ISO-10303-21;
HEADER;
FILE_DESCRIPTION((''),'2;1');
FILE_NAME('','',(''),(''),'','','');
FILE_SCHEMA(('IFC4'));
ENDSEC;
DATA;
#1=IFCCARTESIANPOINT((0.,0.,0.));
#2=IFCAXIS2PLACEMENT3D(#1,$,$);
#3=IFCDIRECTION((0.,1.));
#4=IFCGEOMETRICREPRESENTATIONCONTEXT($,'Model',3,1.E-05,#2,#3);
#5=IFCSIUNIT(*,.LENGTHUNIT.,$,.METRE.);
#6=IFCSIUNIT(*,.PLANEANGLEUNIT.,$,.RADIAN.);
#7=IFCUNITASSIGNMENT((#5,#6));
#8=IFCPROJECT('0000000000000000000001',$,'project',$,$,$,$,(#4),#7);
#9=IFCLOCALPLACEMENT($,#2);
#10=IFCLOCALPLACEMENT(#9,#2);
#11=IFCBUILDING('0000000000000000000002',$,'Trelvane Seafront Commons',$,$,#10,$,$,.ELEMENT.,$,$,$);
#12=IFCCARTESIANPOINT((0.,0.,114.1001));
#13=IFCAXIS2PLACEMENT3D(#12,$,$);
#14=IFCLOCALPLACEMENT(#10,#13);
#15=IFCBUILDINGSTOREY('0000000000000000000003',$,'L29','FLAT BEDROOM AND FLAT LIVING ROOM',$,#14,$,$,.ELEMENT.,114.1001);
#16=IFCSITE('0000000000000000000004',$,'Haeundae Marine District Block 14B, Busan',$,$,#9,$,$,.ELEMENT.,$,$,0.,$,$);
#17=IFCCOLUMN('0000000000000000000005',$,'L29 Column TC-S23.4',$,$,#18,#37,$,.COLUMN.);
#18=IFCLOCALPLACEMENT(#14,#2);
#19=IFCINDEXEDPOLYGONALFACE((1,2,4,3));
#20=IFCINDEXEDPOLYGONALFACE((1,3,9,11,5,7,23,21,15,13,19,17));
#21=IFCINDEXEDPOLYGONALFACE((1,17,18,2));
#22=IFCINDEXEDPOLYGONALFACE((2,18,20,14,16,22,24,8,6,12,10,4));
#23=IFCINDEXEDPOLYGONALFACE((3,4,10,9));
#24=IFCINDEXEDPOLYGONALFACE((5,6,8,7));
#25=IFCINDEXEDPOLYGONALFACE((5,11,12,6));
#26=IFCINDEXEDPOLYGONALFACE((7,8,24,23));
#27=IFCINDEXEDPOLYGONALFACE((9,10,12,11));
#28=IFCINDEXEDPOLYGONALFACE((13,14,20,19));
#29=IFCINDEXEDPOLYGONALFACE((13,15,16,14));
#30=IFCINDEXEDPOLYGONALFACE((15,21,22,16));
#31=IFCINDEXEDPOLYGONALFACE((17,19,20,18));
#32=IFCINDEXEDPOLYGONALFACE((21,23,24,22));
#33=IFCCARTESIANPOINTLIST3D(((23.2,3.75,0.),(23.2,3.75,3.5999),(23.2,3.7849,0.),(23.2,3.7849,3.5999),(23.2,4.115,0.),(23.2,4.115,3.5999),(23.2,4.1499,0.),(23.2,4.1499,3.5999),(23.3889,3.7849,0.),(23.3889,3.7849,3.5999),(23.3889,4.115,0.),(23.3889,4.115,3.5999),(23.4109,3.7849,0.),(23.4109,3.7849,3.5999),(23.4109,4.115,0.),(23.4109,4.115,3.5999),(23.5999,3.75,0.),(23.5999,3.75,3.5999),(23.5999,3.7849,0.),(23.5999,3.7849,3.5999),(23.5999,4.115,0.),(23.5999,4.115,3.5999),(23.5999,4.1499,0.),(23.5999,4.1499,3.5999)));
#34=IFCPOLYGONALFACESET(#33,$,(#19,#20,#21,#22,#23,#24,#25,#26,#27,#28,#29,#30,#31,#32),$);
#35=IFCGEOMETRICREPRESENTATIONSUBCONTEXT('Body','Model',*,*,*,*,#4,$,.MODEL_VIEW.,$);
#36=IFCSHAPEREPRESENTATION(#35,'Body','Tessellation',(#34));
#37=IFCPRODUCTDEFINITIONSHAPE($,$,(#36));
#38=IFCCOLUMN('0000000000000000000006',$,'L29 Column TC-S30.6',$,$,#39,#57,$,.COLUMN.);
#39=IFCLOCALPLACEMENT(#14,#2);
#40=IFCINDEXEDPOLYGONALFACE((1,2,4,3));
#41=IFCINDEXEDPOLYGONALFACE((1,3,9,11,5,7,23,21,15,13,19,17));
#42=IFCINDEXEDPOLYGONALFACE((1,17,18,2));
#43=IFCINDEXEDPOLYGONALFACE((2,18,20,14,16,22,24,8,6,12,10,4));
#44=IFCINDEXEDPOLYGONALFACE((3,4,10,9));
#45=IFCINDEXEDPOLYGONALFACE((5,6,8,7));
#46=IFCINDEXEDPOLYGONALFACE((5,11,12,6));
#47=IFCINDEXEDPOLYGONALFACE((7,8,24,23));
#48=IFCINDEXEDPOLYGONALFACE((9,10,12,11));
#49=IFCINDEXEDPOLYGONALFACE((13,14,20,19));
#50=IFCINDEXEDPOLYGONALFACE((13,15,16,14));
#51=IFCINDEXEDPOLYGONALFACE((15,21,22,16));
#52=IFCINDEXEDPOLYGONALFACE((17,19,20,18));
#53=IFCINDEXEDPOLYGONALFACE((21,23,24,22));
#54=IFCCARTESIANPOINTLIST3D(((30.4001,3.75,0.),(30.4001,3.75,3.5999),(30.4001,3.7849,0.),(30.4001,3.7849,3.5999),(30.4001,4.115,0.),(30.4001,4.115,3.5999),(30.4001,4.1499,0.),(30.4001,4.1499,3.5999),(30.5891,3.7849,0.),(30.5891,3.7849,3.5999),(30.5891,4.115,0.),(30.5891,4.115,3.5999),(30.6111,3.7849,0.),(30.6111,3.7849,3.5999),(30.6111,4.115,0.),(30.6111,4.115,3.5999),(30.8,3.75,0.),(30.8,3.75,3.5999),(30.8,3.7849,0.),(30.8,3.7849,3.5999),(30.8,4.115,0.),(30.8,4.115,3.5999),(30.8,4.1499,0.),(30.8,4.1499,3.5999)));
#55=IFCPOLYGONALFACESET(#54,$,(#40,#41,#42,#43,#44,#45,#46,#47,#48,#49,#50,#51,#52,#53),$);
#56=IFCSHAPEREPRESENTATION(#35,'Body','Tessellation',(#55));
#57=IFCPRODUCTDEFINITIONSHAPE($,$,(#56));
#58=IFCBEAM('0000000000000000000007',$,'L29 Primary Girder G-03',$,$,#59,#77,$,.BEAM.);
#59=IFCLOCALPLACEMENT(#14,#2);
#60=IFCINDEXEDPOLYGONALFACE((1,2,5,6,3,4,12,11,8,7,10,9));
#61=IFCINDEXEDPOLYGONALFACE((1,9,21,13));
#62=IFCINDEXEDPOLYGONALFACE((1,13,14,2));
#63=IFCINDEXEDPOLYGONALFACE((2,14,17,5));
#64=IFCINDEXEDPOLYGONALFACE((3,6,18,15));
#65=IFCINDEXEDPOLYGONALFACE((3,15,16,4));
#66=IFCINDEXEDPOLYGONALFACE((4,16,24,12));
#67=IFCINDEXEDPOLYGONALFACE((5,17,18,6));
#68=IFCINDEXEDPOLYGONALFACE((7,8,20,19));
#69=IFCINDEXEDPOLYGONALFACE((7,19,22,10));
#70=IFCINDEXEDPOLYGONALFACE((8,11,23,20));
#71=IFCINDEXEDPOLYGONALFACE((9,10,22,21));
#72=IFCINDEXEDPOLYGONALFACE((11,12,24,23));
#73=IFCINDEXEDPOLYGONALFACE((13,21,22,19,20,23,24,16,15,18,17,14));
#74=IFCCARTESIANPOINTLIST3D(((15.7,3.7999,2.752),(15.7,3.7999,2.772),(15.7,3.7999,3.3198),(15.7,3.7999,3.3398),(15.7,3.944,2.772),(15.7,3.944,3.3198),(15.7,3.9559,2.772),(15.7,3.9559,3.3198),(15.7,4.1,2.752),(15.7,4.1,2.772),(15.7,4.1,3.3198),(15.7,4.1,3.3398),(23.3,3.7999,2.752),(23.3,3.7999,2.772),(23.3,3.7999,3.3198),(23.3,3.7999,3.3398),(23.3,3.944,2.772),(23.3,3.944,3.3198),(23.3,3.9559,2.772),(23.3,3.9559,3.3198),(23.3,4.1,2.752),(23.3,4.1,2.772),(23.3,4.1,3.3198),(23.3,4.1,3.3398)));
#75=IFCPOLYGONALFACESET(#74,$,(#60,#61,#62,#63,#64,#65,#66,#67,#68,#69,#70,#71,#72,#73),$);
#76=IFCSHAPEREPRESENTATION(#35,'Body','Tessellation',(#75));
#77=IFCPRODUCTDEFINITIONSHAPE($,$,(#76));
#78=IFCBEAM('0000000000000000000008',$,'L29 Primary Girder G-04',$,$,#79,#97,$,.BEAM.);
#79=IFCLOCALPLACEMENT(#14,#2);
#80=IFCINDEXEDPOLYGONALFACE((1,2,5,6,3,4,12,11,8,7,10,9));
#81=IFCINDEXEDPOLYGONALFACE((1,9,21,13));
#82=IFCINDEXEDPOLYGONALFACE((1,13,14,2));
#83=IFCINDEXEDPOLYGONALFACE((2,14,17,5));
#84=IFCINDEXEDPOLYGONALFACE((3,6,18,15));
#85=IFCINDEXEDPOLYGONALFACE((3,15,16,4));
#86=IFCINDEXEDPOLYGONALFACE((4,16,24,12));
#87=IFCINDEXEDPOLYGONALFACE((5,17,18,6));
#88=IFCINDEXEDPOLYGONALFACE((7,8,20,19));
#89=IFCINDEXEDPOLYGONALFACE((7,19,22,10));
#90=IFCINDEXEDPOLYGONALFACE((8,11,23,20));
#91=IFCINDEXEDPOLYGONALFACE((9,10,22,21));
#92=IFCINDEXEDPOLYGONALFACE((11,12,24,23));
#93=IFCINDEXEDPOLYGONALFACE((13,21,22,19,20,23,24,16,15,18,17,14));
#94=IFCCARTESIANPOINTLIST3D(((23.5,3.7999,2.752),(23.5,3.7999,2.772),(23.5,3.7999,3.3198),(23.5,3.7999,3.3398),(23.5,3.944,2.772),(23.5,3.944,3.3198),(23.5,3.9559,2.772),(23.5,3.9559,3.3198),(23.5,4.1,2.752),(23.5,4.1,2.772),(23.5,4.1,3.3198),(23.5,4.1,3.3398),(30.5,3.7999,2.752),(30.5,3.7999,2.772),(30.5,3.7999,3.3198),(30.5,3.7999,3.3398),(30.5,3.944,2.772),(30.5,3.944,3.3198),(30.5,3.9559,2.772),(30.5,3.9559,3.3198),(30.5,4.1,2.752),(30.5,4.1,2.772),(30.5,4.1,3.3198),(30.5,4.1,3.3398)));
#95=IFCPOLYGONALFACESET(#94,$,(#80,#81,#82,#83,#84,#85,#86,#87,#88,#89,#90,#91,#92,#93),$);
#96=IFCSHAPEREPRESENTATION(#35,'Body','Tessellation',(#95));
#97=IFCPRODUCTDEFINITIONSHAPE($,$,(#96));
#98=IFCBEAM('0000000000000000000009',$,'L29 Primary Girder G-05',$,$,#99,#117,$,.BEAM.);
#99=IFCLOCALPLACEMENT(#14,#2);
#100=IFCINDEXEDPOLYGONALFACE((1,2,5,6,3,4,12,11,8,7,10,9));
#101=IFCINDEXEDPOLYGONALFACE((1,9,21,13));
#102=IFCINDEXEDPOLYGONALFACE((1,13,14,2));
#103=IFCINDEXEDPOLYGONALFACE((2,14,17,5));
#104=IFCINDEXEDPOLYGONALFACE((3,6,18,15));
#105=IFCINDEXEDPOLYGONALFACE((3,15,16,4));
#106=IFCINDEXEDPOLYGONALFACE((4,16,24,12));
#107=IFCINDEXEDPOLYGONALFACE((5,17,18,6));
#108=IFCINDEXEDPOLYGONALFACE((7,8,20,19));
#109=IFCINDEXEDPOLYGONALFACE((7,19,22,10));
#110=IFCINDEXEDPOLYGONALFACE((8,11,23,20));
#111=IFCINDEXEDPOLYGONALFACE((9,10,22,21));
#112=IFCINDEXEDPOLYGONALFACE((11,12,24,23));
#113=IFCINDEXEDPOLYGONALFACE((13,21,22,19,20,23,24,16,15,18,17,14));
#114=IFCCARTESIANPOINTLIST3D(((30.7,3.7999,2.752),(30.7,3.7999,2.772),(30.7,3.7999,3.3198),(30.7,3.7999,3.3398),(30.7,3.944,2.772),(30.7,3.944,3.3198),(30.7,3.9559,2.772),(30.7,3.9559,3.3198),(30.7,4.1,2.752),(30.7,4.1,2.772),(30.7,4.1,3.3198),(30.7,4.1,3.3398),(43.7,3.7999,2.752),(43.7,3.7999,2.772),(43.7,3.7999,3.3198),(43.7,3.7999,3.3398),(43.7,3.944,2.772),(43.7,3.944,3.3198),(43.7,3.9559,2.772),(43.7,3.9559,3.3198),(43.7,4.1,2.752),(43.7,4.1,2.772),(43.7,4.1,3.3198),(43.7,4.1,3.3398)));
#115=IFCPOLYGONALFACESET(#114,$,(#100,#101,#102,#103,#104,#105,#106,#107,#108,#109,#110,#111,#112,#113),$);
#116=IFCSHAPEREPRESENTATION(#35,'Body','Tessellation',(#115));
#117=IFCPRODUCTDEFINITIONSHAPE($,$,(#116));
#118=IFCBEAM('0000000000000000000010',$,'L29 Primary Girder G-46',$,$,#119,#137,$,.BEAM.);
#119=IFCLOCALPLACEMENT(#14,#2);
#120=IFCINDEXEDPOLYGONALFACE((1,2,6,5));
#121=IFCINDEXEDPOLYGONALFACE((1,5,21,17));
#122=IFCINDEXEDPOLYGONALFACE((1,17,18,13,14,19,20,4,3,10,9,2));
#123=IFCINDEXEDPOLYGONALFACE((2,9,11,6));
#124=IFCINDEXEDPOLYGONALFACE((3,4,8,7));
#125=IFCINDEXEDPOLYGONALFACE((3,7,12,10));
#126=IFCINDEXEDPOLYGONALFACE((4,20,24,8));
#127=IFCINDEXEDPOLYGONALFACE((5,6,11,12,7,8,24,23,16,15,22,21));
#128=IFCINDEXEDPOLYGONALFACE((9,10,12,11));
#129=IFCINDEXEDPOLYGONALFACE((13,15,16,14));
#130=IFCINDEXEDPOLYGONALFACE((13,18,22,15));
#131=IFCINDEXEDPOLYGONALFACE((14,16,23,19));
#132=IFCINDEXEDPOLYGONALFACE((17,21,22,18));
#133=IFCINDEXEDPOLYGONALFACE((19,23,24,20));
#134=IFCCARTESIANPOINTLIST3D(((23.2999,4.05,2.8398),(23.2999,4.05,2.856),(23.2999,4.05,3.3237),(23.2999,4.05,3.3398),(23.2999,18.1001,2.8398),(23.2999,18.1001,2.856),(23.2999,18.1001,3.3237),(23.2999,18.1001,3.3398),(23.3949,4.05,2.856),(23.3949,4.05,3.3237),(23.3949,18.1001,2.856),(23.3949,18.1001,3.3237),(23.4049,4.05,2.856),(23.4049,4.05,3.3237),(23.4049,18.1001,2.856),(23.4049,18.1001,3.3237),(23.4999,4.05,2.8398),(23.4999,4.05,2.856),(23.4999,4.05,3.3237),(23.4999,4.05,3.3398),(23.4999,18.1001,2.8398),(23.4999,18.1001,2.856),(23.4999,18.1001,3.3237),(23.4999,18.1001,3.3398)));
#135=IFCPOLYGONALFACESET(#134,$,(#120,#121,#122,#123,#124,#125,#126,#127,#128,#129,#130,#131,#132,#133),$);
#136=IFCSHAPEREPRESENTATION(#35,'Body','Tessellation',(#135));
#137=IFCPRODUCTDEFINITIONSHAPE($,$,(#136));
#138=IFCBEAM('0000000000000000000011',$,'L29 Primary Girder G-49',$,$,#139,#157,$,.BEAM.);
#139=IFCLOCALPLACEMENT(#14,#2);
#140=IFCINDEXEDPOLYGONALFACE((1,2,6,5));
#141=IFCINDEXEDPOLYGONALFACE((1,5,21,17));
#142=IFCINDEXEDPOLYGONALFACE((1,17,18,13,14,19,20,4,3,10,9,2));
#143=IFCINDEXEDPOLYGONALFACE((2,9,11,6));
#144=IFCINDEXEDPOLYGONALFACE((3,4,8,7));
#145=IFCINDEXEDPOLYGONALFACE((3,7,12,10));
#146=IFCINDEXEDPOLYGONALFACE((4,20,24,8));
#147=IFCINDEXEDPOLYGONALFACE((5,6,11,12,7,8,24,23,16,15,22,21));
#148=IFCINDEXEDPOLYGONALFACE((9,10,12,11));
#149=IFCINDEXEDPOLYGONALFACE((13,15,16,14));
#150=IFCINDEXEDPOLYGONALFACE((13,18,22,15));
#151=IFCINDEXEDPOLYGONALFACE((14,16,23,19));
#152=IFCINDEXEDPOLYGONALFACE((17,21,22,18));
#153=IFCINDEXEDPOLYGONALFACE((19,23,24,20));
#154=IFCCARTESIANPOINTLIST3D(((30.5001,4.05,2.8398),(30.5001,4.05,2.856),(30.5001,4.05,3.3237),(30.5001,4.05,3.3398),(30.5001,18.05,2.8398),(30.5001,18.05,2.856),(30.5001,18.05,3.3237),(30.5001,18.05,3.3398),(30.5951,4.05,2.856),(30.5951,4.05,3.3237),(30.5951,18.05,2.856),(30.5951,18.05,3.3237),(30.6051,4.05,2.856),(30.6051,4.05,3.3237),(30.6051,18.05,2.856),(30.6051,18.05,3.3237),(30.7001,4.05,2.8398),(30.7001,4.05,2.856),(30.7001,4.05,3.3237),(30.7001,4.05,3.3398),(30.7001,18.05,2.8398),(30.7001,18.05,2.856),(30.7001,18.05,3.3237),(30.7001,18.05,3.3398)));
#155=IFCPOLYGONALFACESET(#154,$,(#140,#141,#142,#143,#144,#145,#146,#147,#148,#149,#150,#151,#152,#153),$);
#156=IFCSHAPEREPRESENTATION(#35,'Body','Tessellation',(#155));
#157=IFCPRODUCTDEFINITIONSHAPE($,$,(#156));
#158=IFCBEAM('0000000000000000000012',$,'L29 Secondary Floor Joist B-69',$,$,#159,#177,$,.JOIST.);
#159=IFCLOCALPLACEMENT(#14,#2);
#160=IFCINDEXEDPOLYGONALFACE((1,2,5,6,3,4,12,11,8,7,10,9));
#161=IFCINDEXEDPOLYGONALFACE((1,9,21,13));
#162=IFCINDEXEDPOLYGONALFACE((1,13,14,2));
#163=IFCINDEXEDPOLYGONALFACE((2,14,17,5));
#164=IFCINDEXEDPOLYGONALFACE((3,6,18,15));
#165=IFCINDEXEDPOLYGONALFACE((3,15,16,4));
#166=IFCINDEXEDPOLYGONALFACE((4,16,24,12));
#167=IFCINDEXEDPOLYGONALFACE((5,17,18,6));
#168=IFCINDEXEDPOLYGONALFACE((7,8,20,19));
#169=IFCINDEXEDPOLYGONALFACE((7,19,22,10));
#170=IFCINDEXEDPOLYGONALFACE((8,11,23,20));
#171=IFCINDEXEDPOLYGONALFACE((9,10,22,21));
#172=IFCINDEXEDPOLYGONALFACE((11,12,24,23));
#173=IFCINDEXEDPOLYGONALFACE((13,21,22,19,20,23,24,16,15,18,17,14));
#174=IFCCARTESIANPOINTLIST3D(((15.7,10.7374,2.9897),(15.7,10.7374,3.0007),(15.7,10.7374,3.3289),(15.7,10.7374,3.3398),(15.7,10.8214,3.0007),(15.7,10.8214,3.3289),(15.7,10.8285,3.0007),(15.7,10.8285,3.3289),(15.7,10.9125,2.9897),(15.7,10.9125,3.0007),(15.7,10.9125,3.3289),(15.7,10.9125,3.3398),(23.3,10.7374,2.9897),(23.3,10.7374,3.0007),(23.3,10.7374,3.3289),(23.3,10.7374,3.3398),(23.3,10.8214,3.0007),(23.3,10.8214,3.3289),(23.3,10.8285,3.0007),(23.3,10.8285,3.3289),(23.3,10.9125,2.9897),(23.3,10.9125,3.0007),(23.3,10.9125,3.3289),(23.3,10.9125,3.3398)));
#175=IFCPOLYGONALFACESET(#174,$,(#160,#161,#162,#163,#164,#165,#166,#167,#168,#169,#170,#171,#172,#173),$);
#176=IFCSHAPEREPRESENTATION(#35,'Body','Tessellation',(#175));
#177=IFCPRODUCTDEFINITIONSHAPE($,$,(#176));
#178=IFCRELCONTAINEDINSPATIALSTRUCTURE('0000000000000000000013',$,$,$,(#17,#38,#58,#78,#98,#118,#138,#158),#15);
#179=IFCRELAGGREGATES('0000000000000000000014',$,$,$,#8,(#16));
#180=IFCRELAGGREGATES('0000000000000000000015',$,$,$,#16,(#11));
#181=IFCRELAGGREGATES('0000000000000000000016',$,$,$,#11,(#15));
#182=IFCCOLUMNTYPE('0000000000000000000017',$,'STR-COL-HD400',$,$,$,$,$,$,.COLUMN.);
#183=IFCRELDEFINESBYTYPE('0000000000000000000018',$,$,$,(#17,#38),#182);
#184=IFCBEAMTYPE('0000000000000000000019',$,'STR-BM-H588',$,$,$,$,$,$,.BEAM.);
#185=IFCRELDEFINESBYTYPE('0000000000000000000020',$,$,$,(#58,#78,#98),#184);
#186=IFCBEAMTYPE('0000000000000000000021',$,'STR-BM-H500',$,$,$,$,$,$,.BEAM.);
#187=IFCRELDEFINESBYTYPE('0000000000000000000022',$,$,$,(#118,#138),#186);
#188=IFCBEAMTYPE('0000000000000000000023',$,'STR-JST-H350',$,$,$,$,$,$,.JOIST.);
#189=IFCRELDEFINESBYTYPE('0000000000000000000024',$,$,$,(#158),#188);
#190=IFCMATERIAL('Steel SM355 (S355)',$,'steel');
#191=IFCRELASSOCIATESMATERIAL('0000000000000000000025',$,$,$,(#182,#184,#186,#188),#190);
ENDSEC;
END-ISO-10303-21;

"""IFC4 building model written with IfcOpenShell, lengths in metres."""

from ifc_helpers import new_model, si_unit, direction, frame, origin, origin_2d, place, context, subcontext, project, spatial, i_section, extrude, source, transform, mapped, material, material_profile, profile_set, type_object, element, save


model = new_model("IFC4")

# Units and contexts
model_context = context("Model", 3, precision=1e-05, world=origin(), true_north=direction((0.0, 1.0)))
body_context = subcontext(model_context, "Body", "Model", "MODEL_VIEW")
ifc_project = project(units=[si_unit("LENGTHUNIT", "METRE"), si_unit("PLANEANGLEUNIT", "RADIAN")], contexts=[model_context])

# Site, building, storey
site_placement = place(None, origin())
site = spatial("IfcSite", under=ifc_project, at=site_placement, Name="Haeundae Marine District Block 14B, Busan", CompositionType="ELEMENT", RefElevation=0.0)
building_placement = place(site_placement, origin())
building = spatial("IfcBuilding", under=site, at=building_placement, Name="Trelvane Seafront Commons", CompositionType="ELEMENT")
storey_placement = place(building_placement, frame((0.0, 0.0, 114.1001)))
storey = spatial("IfcBuildingStorey", under=building, at=storey_placement, Name="L29", Description="FLAT BEDROOM AND FLAT LIVING ROOM", CompositionType="ELEMENT", Elevation=114.1001)

# Columns
ifc_material_1 = material(Name="Steel SM355 (S355)", Category="steel")
ifc_material_profile_1 = material_profile(ifc_material_1, i_section(OverallWidth=0.3999, OverallDepth=0.3999, WebThickness=0.022, FlangeThickness=0.0349, at=origin_2d()), Name="HD-400x400x22x35")
ifc_profile_set_1 = profile_set([ifc_material_profile_1], Name="Steel SM355 (S355)")
column_type = type_object("IfcColumnType", Name="STR-COL-HD400", PredefinedType="COLUMN", material=ifc_profile_set_1)
shared_shape_1 = source(origin(), body_context, "Body", "SweptSolid", [
    extrude(i_section(OverallWidth=0.3999, OverallDepth=0.3999, WebThickness=0.022, FlangeThickness=0.0349, at=origin_2d()), origin(), (0.0, 0.0, 1.0), 3.5999),
])
for number, where, z_axis, x_axis, name in (
    (1, (23.3999, 3.95, 0.0), (0.0, 0.0, 1.0), (1.0, 0.0, 0.0), "L29 Column TC-S23.4"),
    (2, (30.6001, 3.95, 0.0), (0.0, 0.0, 1.0), (1.0, 0.0, 0.0), "L29 Column TC-S30.6"),
):
    element("IfcColumn", number, at=place(storey_placement, frame(where, z_axis=z_axis, x_axis=x_axis)), inside=storey, type_object=column_type, Name=name, PredefinedType="COLUMN", context=body_context, shape_type="MappedRepresentation", body=[
        mapped(shared_shape_1, transform((0.0, 0.0, 0.0), x_axis=(1.0, 0.0, 0.0), y_axis=(0.0, 1.0, 0.0), z_axis=(0.0, 0.0, 1.0), scale=1.0)),
    ])

# Beams
ifc_material_profile_2 = material_profile(ifc_material_1, i_section(OverallWidth=0.3, OverallDepth=0.5879, WebThickness=0.012, FlangeThickness=0.02, at=origin_2d()), Name="H-588x300x12x20")
ifc_profile_set_2 = profile_set([ifc_material_profile_2], Name="Steel SM355 (S355)")
beam_type_1 = type_object("IfcBeamType", Name="STR-BM-H588", PredefinedType="BEAM", material=ifc_profile_set_2)
shared_shape_2 = source(origin(), body_context, "Body", "SweptSolid", [
    extrude(i_section(OverallWidth=0.3, OverallDepth=0.5879, WebThickness=0.012, FlangeThickness=0.02, at=origin_2d()), origin(), (0.0, 0.0, 1.0), 7.6001),
])
beam_1_placement = place(storey_placement, frame((15.7, 3.95, 3.0459), z_axis=(1.0, 0.0, 0.0), x_axis=(0.0, 1.0, 0.0)))
element("IfcBeam", 3, at=beam_1_placement, inside=storey, type_object=beam_type_1, Name="L29 Primary Girder G-03", PredefinedType="BEAM", context=body_context, shape_type="MappedRepresentation", body=[
    mapped(shared_shape_2, transform((0.0, 0.0, 0.0), x_axis=(1.0, 0.0, 0.0), y_axis=(0.0, 1.0, 0.0), z_axis=(0.0, 0.0, 1.0), scale=1.0)),
])
shared_shape_3 = source(origin(), body_context, "Body", "SweptSolid", [
    extrude(i_section(OverallWidth=0.3, OverallDepth=0.5879, WebThickness=0.012, FlangeThickness=0.02, at=origin_2d()), origin(), (0.0, 0.0, 1.0), 7.0),
])
beam_2_placement = place(storey_placement, frame((23.5, 3.95, 3.0459), z_axis=(1.0, 0.0, 0.0), x_axis=(0.0, 1.0, 0.0)))
element("IfcBeam", 4, at=beam_2_placement, inside=storey, type_object=beam_type_1, Name="L29 Primary Girder G-04", PredefinedType="BEAM", context=body_context, shape_type="MappedRepresentation", body=[
    mapped(shared_shape_3, transform((0.0, 0.0, 0.0), x_axis=(1.0, 0.0, 0.0), y_axis=(0.0, 1.0, 0.0), z_axis=(0.0, 0.0, 1.0), scale=1.0)),
])
shared_shape_4 = source(origin(), body_context, "Body", "SweptSolid", [
    extrude(i_section(OverallWidth=0.3, OverallDepth=0.5879, WebThickness=0.012, FlangeThickness=0.02, at=origin_2d()), origin(), (0.0, 0.0, 1.0), 13.0),
])
beam_3_placement = place(storey_placement, frame((30.7, 3.95, 3.0459), z_axis=(1.0, 0.0, 0.0), x_axis=(0.0, 1.0, 0.0)))
element("IfcBeam", 5, at=beam_3_placement, inside=storey, type_object=beam_type_1, Name="L29 Primary Girder G-05", PredefinedType="BEAM", context=body_context, shape_type="MappedRepresentation", body=[
    mapped(shared_shape_4, transform((0.0, 0.0, 0.0), x_axis=(1.0, 0.0, 0.0), y_axis=(0.0, 1.0, 0.0), z_axis=(0.0, 0.0, 1.0), scale=1.0)),
])
ifc_material_profile_3 = material_profile(ifc_material_1, i_section(OverallWidth=0.2, OverallDepth=0.5, WebThickness=0.01, FlangeThickness=0.0161, at=origin_2d()), Name="H-500x200x10x16")
ifc_profile_set_3 = profile_set([ifc_material_profile_3], Name="Steel SM355 (S355)")
beam_type_2 = type_object("IfcBeamType", Name="STR-BM-H500", PredefinedType="BEAM", material=ifc_profile_set_3)
shared_shape_5 = source(origin(), body_context, "Body", "SweptSolid", [
    extrude(i_section(OverallWidth=0.2, OverallDepth=0.5, WebThickness=0.01, FlangeThickness=0.0161, at=origin_2d()), origin(), (0.0, 0.0, 1.0), 14.05),
])
beam_4_placement = place(storey_placement, frame((23.3999, 4.05, 3.0898), z_axis=(0.0, 1.0, 0.0), x_axis=(-1.0, 0.0, 0.0)))
element("IfcBeam", 6, at=beam_4_placement, inside=storey, type_object=beam_type_2, Name="L29 Primary Girder G-46", PredefinedType="BEAM", context=body_context, shape_type="MappedRepresentation", body=[
    mapped(shared_shape_5, transform((0.0, 0.0, 0.0), x_axis=(1.0, 0.0, 0.0), y_axis=(0.0, 1.0, 0.0), z_axis=(0.0, 0.0, 1.0), scale=1.0)),
])
shared_shape_6 = source(origin(), body_context, "Body", "SweptSolid", [
    extrude(i_section(OverallWidth=0.2, OverallDepth=0.5, WebThickness=0.01, FlangeThickness=0.0161, at=origin_2d()), origin(), (0.0, 0.0, 1.0), 14.0),
])
beam_5_placement = place(storey_placement, frame((30.6001, 4.05, 3.0898), z_axis=(0.0, 1.0, 0.0), x_axis=(-1.0, 0.0, 0.0)))
element("IfcBeam", 7, at=beam_5_placement, inside=storey, type_object=beam_type_2, Name="L29 Primary Girder G-49", PredefinedType="BEAM", context=body_context, shape_type="MappedRepresentation", body=[
    mapped(shared_shape_6, transform((0.0, 0.0, 0.0), x_axis=(1.0, 0.0, 0.0), y_axis=(0.0, 1.0, 0.0), z_axis=(0.0, 0.0, 1.0), scale=1.0)),
])
ifc_material_profile_4 = material_profile(ifc_material_1, i_section(OverallWidth=0.175, OverallDepth=0.3501, WebThickness=0.0071, FlangeThickness=0.011, at=origin_2d()), Name="H-350x175x7x11")
ifc_profile_set_4 = profile_set([ifc_material_profile_4], Name="Steel SM355 (S355)")
beam_type_3 = type_object("IfcBeamType", Name="STR-JST-H350", PredefinedType="JOIST", material=ifc_profile_set_4)
shared_shape_7 = source(origin(), body_context, "Body", "SweptSolid", [
    extrude(i_section(OverallWidth=0.175, OverallDepth=0.3501, WebThickness=0.0071, FlangeThickness=0.011, at=origin_2d()), origin(), (0.0, 0.0, 1.0), 7.6001),
])
beam_6_placement = place(storey_placement, frame((15.7, 10.825, 3.1648), z_axis=(1.0, 0.0, 0.0), x_axis=(0.0, 1.0, 0.0)))
element("IfcBeam", 8, at=beam_6_placement, inside=storey, type_object=beam_type_3, Name="L29 Secondary Floor Joist B-69", PredefinedType="JOIST", context=body_context, shape_type="MappedRepresentation", body=[
    mapped(shared_shape_7, transform((0.0, 0.0, 0.0), x_axis=(1.0, 0.0, 0.0), y_axis=(0.0, 1.0, 0.0), z_axis=(0.0, 0.0, 1.0), scale=1.0)),
])

save(model, "model.ifc")
